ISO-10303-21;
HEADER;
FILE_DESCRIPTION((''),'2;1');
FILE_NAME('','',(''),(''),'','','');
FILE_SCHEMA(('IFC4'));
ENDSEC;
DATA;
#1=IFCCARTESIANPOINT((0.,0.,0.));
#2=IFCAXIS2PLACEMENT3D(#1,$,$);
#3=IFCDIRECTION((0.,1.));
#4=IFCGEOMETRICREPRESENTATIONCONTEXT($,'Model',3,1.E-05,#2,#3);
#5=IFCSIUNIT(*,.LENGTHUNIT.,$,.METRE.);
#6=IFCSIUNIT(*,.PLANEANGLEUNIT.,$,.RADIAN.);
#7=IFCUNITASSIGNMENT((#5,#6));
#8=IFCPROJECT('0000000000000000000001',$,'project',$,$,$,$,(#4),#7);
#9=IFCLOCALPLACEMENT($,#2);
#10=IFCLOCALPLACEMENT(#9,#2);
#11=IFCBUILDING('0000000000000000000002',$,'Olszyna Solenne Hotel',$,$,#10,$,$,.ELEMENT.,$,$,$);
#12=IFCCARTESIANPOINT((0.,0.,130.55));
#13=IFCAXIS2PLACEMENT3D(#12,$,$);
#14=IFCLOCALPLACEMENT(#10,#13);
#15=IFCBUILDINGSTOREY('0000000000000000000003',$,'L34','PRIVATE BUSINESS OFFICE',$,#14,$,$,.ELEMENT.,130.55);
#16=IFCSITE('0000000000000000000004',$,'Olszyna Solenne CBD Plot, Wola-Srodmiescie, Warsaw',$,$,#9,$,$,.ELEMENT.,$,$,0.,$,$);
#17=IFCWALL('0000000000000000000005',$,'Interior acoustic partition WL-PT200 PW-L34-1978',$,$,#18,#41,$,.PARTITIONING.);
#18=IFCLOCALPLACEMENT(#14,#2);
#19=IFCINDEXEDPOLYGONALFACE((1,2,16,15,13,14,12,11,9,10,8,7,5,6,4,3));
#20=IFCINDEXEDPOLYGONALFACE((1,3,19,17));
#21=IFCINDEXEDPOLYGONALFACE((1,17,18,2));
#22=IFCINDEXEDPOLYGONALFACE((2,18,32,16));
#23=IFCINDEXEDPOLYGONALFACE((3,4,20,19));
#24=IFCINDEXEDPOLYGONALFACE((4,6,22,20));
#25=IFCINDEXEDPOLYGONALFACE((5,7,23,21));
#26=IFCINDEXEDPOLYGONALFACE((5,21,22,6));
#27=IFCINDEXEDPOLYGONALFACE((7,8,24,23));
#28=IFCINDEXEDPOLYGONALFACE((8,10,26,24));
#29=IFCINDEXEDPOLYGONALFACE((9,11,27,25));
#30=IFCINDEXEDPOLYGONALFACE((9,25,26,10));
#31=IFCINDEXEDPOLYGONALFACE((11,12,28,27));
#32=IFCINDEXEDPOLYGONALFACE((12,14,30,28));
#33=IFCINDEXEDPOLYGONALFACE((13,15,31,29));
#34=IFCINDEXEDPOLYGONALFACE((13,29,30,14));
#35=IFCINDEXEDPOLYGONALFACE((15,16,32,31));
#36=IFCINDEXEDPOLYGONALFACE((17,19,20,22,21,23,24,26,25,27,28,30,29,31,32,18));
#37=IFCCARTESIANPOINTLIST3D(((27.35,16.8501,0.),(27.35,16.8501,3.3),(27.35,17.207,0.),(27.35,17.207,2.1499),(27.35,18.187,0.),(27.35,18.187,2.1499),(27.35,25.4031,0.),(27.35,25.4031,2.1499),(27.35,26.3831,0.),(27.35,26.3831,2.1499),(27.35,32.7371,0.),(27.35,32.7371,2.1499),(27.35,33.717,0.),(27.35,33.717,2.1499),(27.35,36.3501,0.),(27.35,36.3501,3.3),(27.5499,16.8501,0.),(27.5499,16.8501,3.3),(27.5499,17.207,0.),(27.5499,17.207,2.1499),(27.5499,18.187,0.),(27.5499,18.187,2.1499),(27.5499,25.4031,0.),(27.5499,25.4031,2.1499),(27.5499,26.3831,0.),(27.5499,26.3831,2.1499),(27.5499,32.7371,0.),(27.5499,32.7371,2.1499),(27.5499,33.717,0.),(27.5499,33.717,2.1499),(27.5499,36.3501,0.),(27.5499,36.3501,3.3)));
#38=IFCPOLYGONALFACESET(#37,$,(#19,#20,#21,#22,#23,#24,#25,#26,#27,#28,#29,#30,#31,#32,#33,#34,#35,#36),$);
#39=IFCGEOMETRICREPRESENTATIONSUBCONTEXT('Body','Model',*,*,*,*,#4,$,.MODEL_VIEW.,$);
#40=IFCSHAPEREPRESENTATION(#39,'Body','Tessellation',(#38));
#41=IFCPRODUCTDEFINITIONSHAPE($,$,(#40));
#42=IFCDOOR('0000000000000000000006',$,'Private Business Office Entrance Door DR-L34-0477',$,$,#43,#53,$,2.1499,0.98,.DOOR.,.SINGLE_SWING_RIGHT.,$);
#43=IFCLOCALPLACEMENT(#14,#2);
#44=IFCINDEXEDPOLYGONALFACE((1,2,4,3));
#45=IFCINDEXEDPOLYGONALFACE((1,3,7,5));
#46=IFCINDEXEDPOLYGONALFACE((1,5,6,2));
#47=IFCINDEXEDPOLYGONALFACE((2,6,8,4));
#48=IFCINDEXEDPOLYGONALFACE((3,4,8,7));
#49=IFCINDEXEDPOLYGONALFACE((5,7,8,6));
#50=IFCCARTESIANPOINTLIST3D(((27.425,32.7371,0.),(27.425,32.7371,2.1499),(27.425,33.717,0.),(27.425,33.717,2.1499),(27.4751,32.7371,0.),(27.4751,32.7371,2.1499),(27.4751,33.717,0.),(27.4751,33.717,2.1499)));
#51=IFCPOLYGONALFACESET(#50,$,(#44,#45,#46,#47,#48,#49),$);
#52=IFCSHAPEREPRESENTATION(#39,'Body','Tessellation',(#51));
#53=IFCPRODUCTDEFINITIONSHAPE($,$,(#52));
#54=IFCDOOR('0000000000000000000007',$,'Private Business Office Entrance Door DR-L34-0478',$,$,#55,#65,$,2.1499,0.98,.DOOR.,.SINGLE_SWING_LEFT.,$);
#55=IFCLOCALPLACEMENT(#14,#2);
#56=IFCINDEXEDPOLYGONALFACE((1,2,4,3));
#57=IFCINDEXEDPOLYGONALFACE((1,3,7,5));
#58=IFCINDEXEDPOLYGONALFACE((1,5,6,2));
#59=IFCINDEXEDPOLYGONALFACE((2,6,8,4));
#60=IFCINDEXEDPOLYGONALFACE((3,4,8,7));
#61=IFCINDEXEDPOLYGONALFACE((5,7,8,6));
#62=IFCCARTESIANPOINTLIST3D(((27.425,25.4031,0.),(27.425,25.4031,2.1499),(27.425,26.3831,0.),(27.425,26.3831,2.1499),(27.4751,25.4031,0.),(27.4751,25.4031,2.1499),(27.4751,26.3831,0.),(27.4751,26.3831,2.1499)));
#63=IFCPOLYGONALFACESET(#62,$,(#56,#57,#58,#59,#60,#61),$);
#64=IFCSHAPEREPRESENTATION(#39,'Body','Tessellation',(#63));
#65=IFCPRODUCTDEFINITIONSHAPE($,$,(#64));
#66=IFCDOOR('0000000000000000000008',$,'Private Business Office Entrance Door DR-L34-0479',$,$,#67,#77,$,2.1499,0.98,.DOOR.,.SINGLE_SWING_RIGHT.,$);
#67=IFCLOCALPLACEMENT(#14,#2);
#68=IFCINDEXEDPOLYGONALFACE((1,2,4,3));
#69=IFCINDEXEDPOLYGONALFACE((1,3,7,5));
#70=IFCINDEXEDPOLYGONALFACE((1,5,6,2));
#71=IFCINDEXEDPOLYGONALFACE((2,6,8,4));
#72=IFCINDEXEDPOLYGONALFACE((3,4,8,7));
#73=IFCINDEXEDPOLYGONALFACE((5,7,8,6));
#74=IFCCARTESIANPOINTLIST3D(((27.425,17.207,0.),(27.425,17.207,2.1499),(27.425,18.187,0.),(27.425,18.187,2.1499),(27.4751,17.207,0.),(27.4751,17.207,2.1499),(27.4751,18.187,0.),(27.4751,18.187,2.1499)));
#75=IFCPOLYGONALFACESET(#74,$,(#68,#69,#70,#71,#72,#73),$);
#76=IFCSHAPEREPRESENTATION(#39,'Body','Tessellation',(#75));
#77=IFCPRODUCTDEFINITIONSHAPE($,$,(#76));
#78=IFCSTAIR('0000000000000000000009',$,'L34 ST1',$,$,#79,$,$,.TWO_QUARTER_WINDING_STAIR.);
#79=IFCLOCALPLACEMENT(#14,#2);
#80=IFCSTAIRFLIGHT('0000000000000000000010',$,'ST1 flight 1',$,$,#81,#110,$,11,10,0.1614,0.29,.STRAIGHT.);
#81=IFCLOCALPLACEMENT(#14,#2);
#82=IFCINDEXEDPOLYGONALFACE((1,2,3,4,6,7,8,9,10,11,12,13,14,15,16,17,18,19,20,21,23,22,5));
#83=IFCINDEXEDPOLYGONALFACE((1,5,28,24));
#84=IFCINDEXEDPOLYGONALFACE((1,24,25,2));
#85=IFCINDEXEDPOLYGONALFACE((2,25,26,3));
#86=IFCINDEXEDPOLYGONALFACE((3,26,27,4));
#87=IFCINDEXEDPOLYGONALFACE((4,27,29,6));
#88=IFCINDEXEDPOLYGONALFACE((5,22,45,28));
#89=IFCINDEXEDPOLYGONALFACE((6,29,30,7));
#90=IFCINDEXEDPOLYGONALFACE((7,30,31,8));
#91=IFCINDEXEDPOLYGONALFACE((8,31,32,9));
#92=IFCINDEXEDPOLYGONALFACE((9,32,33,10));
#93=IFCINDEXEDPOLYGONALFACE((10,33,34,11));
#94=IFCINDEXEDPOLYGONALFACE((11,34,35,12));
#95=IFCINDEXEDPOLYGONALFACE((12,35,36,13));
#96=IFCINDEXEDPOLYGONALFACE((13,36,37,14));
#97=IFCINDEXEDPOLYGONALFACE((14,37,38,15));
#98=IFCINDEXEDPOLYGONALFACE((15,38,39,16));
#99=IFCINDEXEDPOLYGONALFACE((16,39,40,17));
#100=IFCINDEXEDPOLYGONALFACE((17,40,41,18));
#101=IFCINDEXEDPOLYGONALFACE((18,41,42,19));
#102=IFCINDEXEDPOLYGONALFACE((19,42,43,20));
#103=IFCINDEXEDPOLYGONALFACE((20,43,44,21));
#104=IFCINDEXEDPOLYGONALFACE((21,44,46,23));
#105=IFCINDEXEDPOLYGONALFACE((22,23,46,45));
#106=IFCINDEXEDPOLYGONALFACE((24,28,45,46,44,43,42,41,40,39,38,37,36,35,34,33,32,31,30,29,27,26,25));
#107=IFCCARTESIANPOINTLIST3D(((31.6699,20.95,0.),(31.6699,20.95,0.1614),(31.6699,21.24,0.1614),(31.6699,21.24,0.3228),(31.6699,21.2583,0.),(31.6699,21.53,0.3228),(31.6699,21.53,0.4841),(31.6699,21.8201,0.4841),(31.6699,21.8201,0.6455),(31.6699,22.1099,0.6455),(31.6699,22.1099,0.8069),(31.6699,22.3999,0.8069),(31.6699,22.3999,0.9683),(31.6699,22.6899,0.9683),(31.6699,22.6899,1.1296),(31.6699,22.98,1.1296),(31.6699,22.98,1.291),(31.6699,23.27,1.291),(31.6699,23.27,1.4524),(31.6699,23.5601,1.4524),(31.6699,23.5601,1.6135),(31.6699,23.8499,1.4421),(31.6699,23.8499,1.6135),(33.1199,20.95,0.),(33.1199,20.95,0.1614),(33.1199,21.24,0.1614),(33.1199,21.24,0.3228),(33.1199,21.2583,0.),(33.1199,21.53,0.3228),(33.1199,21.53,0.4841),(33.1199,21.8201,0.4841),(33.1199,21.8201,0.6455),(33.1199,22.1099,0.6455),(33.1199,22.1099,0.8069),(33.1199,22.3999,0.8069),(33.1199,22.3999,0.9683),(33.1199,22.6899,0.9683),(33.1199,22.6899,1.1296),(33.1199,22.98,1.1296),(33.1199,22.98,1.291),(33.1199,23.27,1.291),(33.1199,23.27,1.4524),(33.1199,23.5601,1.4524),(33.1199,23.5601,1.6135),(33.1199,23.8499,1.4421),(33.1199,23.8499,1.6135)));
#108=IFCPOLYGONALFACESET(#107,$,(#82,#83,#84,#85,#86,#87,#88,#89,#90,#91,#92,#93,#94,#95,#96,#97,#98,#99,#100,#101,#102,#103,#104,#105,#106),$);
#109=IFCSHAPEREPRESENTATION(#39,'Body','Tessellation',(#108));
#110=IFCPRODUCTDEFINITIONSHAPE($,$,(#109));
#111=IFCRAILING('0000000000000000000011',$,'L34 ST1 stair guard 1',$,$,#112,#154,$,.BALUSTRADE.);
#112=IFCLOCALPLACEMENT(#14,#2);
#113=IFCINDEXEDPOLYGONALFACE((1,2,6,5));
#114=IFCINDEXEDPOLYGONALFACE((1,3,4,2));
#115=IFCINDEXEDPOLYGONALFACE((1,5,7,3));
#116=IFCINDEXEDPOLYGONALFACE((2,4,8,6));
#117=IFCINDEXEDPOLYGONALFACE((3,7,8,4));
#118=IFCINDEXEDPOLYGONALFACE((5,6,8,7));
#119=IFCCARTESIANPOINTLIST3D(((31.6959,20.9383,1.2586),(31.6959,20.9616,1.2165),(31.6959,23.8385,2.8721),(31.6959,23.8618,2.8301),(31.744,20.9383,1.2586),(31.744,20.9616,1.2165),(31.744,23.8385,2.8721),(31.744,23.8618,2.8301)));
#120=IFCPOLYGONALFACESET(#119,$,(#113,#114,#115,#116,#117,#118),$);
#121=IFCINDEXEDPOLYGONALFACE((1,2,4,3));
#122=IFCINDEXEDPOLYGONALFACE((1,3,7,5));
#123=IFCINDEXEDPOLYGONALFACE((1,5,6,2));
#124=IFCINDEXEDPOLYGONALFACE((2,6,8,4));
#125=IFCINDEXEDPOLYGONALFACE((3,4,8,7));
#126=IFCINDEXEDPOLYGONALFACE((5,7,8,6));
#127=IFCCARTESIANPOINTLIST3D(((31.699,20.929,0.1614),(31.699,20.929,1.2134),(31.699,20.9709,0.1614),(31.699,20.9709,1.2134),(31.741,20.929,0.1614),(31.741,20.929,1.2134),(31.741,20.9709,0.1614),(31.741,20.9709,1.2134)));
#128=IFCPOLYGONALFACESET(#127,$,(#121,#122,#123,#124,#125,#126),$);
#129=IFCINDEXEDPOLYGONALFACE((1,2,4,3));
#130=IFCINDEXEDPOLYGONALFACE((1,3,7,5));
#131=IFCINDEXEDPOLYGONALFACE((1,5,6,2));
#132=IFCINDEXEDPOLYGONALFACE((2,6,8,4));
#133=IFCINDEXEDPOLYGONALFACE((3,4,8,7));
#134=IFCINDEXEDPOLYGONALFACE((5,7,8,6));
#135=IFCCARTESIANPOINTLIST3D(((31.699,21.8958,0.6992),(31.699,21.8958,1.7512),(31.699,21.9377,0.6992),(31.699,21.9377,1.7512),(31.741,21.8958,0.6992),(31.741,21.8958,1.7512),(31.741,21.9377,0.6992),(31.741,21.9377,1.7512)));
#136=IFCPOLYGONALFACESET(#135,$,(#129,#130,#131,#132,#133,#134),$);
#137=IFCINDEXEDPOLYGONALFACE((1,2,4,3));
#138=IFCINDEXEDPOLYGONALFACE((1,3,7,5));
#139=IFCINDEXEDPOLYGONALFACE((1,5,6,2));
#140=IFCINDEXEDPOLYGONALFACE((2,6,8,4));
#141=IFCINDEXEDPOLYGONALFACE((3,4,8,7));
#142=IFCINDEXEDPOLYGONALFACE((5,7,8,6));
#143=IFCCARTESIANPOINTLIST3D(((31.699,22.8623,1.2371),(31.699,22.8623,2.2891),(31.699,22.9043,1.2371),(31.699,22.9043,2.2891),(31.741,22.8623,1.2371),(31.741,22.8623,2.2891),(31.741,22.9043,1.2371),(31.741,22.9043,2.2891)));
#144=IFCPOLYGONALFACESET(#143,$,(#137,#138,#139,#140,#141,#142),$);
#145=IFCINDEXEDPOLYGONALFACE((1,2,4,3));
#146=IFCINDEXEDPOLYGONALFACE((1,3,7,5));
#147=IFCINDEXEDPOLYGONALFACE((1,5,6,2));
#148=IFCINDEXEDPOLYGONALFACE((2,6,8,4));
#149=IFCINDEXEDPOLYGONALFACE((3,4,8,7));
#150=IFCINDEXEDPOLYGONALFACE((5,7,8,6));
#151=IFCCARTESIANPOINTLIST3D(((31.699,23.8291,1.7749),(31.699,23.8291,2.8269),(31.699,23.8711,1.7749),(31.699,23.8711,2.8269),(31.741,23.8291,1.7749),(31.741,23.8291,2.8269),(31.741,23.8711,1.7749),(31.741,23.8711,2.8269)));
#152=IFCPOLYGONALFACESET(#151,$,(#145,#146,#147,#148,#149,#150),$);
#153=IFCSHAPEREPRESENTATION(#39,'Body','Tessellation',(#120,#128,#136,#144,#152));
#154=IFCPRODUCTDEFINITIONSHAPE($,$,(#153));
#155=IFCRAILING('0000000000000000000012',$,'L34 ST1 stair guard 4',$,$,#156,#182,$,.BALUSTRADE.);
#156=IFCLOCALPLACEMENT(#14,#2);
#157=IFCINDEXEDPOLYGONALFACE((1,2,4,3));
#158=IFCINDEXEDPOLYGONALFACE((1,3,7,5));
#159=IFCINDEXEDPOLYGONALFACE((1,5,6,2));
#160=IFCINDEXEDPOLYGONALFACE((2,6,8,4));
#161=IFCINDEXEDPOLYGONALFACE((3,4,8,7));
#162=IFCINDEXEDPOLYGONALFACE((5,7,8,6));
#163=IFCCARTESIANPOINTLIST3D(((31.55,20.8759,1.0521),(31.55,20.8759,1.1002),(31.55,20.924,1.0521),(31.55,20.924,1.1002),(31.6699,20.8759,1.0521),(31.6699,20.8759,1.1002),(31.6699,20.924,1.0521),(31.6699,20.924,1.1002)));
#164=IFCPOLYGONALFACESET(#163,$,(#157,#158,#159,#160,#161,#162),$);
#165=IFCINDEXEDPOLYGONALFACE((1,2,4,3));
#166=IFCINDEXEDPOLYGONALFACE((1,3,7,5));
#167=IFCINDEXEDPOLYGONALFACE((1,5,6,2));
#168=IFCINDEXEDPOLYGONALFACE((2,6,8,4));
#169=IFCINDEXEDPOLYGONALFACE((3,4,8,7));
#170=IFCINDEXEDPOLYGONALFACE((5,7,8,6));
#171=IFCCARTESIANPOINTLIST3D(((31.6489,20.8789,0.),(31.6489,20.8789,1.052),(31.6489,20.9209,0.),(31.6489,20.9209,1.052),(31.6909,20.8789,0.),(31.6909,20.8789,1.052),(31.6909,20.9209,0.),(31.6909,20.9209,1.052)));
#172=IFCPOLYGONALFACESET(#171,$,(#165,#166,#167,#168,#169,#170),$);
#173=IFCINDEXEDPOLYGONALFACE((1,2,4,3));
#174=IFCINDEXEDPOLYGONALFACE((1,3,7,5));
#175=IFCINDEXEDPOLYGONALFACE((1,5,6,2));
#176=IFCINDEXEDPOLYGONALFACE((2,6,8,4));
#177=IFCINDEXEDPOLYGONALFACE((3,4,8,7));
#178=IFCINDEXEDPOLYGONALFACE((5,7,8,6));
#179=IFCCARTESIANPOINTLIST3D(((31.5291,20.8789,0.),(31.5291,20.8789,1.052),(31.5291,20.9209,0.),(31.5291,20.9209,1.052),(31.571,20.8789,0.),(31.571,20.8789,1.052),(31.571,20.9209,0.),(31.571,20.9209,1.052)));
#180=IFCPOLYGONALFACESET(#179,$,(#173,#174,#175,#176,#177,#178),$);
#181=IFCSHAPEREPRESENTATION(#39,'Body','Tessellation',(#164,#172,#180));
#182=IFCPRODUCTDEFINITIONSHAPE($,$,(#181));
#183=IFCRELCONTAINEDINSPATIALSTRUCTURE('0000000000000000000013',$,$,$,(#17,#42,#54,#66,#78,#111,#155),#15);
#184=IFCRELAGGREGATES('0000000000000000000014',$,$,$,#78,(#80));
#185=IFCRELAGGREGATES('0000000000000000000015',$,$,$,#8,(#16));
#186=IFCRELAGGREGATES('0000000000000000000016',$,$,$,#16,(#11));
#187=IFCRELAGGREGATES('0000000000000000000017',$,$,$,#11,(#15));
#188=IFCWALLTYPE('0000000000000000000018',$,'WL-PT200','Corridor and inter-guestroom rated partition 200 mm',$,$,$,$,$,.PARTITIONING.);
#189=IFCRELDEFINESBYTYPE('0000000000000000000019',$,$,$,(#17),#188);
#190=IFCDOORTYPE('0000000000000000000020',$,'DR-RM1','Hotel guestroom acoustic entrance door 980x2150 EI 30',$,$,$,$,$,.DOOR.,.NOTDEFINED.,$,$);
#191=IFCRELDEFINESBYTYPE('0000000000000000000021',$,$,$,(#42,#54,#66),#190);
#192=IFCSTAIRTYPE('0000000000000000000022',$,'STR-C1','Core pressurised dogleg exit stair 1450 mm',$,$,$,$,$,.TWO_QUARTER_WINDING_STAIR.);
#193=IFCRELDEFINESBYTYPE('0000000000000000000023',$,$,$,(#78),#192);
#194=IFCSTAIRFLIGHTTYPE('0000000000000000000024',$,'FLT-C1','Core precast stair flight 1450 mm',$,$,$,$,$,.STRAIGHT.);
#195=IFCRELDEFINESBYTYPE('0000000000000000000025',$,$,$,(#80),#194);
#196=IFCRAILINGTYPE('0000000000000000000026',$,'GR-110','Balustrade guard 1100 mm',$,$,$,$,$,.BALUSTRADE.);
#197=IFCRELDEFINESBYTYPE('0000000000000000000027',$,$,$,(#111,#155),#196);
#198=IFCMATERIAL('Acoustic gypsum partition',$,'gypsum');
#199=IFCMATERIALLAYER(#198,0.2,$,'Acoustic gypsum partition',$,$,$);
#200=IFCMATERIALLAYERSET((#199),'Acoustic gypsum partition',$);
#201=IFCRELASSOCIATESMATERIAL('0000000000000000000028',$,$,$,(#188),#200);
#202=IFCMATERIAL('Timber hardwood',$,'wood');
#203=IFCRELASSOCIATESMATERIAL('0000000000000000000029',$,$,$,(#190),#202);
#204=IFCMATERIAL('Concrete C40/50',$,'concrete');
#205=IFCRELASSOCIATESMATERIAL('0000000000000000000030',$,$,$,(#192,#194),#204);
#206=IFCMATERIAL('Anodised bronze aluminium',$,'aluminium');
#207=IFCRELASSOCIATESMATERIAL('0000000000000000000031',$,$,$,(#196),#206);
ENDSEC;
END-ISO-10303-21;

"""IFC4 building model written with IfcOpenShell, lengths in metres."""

from ifc_helpers import new_model, si_unit, direction, frame, frame_2d, origin, origin_2d, place, context, subcontext, project, spatial, polyline, rectangle, outline, extrude, source, transform, mapped, material, layer, layer_set, type_object, type_shapes, element, fill, aggregate, save


model = new_model("IFC4")

# Units and contexts
model_context = context("Model", 3, precision=1e-05, world=origin(), true_north=direction((0.0, 1.0)))
body_context = subcontext(model_context, "Body", "Model", "MODEL_VIEW")
ifc_project = project(units=[si_unit("LENGTHUNIT", "METRE"), si_unit("PLANEANGLEUNIT", "RADIAN")], contexts=[model_context])

# Site, building, storey
site_placement = place(None, origin())
site = spatial("IfcSite", under=ifc_project, at=site_placement, Name="Olszyna Solenne CBD Plot, Wola-Srodmiescie, Warsaw", CompositionType="ELEMENT", RefElevation=0.0)
building_placement = place(site_placement, origin())
building = spatial("IfcBuilding", under=site, at=building_placement, Name="Olszyna Solenne Hotel", CompositionType="ELEMENT")
storey_placement = place(building_placement, frame((0.0, 0.0, 130.55)))
storey = spatial("IfcBuildingStorey", under=building, at=storey_placement, Name="L34", Description="PRIVATE BUSINESS OFFICE", CompositionType="ELEMENT", Elevation=130.55)

# Shared definitions
ifc_material_1 = material(Name="Anodised bronze aluminium", Category="aluminium")

# Shared definitions
ifc_material_2 = material(Name="Timber hardwood", Category="wood")
ifc_material_3 = material(Name="Acoustic gypsum partition", Category="gypsum")

# Shared definitions
ifc_layer_1 = layer(ifc_material_3, 0.2, Name="Acoustic gypsum partition")
ifc_layer_set_1 = layer_set([ifc_layer_1], Name="Acoustic gypsum partition")
wall_type_1 = type_object("IfcWallType", Name="WL-PT200", Description="Corridor and inter-guestroom rated partition 200 mm", PredefinedType="PARTITIONING", material=ifc_layer_set_1)

# Wall, openings, doors
door_type_1 = type_object("IfcDoorType", Name="DR-RM1", Description="Hotel guestroom acoustic entrance door 980x2150 EI 30", OperationType="NOTDEFINED", PredefinedType="DOOR", material=ifc_material_2)
shared_shape_1 = source(origin(), body_context, "Body", "SweptSolid", [
    extrude(rectangle(XDim=0.98, YDim=2.1499, at=frame_2d((0.49, 1.075))), frame((0.0, 0.0249, 0.0), z_axis=(0.0, -1.0, 0.0), x_axis=(1.0, 0.0, 0.0)), (0.0, 0.0, 1.0), 0.05),
])
type_shapes(door_type_1, [shared_shape_1])
wall_1_placement = place(storey_placement, frame((27.45, 16.8501, 0.0), z_axis=(0.0, 0.0, 1.0), x_axis=(0.0, 1.0, 0.0)))
wall_1 = element("IfcWall", 1, at=wall_1_placement, inside=storey, type_object=wall_type_1, Name="Interior acoustic partition WL-PT200 PW-L34-1978", PredefinedType="PARTITIONING", context=body_context, shape_type="SweptSolid", body=[
    extrude(rectangle(XDim=19.5, YDim=0.2, at=frame_2d((9.75, 0.0))), origin(), (0.0, 0.0, 1.0), 3.3),
])
opening_1_placement = place(wall_1_placement, frame((15.887, 0.0, 0.0)))
opening_1 = element("IfcOpeningElement", 2, at=opening_1_placement, cuts=wall_1, PredefinedType="OPENING", context=body_context, shape_type="SweptSolid", body=[
    extrude(rectangle(XDim=0.98, YDim=2.1499, at=frame_2d((0.49, 1.075))), frame((0.0, 0.1099, 0.0), z_axis=(0.0, -1.0, 0.0), x_axis=(1.0, 0.0, 0.0)), (0.0, 0.0, 1.0), 0.22),
])
opening_2_placement = place(wall_1_placement, frame((8.553, 0.0, 0.0)))
opening_2 = element("IfcOpeningElement", 3, at=opening_2_placement, cuts=wall_1, PredefinedType="OPENING", context=body_context, shape_type="SweptSolid", body=[
    extrude(rectangle(XDim=0.98, YDim=2.1499, at=frame_2d((0.49, 1.075))), frame((0.0, 0.1099, 0.0), z_axis=(0.0, -1.0, 0.0), x_axis=(1.0, 0.0, 0.0)), (0.0, 0.0, 1.0), 0.22),
])
opening_3_placement = place(wall_1_placement, frame((0.3569, 0.0, 0.0)))
opening_3 = element("IfcOpeningElement", 4, at=opening_3_placement, cuts=wall_1, PredefinedType="OPENING", context=body_context, shape_type="SweptSolid", body=[
    extrude(rectangle(XDim=0.98, YDim=2.1499, at=frame_2d((0.49, 1.075))), frame((0.0, 0.1099, 0.0), z_axis=(0.0, -1.0, 0.0), x_axis=(1.0, 0.0, 0.0)), (0.0, 0.0, 1.0), 0.22),
])
door_1_placement = place(opening_1_placement, origin())
door_1 = element("IfcDoor", 5, at=door_1_placement, inside=storey, type_object=door_type_1, Name="Private Business Office Entrance Door DR-L34-0477", OperationType="SINGLE_SWING_RIGHT", OverallHeight=2.1499, OverallWidth=0.98, PredefinedType="DOOR", context=body_context, shape_type="MappedRepresentation", body=[
    mapped(shared_shape_1, transform((0.0, 0.0, 0.0), x_axis=(1.0, 0.0, 0.0), y_axis=(0.0, 1.0, 0.0), z_axis=(0.0, 0.0, 1.0), scale=1.0)),
])
fill(opening_1, door_1)
door_2_placement = place(opening_2_placement, origin())
door_2 = element("IfcDoor", 6, at=door_2_placement, inside=storey, type_object=door_type_1, Name="Private Business Office Entrance Door DR-L34-0478", OperationType="SINGLE_SWING_LEFT", OverallHeight=2.1499, OverallWidth=0.98, PredefinedType="DOOR", context=body_context, shape_type="MappedRepresentation", body=[
    mapped(shared_shape_1, transform((0.0, 0.0, 0.0), x_axis=(1.0, 0.0, 0.0), y_axis=(0.0, 1.0, 0.0), z_axis=(0.0, 0.0, 1.0), scale=1.0)),
])
fill(opening_2, door_2)
door_3_placement = place(opening_3_placement, origin())
door_3 = element("IfcDoor", 7, at=door_3_placement, inside=storey, type_object=door_type_1, Name="Private Business Office Entrance Door DR-L34-0479", OperationType="SINGLE_SWING_RIGHT", OverallHeight=2.1499, OverallWidth=0.98, PredefinedType="DOOR", context=body_context, shape_type="MappedRepresentation", body=[
    mapped(shared_shape_1, transform((0.0, 0.0, 0.0), x_axis=(1.0, 0.0, 0.0), y_axis=(0.0, 1.0, 0.0), z_axis=(0.0, 0.0, 1.0), scale=1.0)),
])
fill(opening_3, door_3)

# Stair, stair flight
ifc_material_4 = material(Name="Concrete C40/50", Category="concrete")
stair_type = type_object("IfcStairType", Name="STR-C1", Description="Core pressurised dogleg exit stair 1450 mm", PredefinedType="TWO_QUARTER_WINDING_STAIR", material=ifc_material_4)
stair_placement = place(storey_placement, origin())
stair = element("IfcStair", 8, at=stair_placement, inside=storey, type_object=stair_type, Name="L34 ST1", PredefinedType="TWO_QUARTER_WINDING_STAIR")
stair_flight_type = type_object("IfcStairFlightType", Name="FLT-C1", Description="Core precast stair flight 1450 mm", PredefinedType="STRAIGHT", material=ifc_material_4)
stair_flight_placement = place(storey_placement, frame((32.395, 20.95, 0.0), z_axis=(0.0, 0.0, 1.0), x_axis=(0.0, 1.0, 0.0)))
stair_flight = element("IfcStairFlight", 9, at=stair_flight_placement, type_object=stair_flight_type, Name="ST1 flight 1", NumberOfRisers=11, NumberOfTreads=10, PredefinedType="STRAIGHT", RiserHeight=0.1614, TreadLength=0.29, context=body_context, shape_type="SweptSolid", body=[
    extrude(outline(polyline([(0.0, 0.0), (0.0, 0.1614), (0.29, 0.1614), (0.29, 0.3228), (0.5801, 0.3228), (0.5801, 0.4841), (0.8701, 0.4841), (0.8701, 0.6455), (1.1599, 0.6455), (1.1599, 0.8069), (1.45, 0.8069), (1.45, 0.9683), (1.74, 0.9683), (1.74, 1.1296), (2.03, 1.1296), (2.03, 1.291), (2.3201, 1.291), (2.3201, 1.4524), (2.6101, 1.4524), (2.6101, 1.6135), (2.8999, 1.6135), (2.8999, 1.7749), (2.8999, 1.4421), (0.3083, 0.0), (0.0, 0.0)])), frame((0.0, 0.7251, 0.0), z_axis=(0.0, -1.0, 0.0), x_axis=(1.0, 0.0, 0.0)), (0.0, 0.0, 1.0), 1.45),
])
aggregate(stair, [stair_flight])

# Railings
railing_type = type_object("IfcRailingType", Name="GR-110", Description="Balustrade guard 1100 mm", PredefinedType="BALUSTRADE", material=ifc_material_1)
railing_1_placement = place(storey_placement, frame((31.72, 20.95, 0.1614)))
element("IfcRailing", 10, at=railing_1_placement, inside=storey, type_object=railing_type, Name="L34 ST1 stair guard 1", PredefinedType="BALUSTRADE", context=body_context, shape_type="SweptSolid", body=[
    extrude(rectangle(XDim=0.0481, YDim=0.0481, at=origin_2d()), frame((0.0, 0.0, 1.0762), z_axis=(0.0, 0.873859, 0.48618), x_axis=(-1.0, 0.0, 0.0)), (0.0, 0.0, 1.0), 3.3188),
    extrude(rectangle(XDim=0.042, YDim=0.042, at=origin_2d()), origin(), (0.0, 0.0, 1.0), 1.052),
    extrude(rectangle(XDim=0.042, YDim=0.042, at=origin_2d()), frame((0.0, 0.9668, 0.5378)), (0.0, 0.0, 1.0), 1.052),
    extrude(rectangle(XDim=0.042, YDim=0.042, at=origin_2d()), frame((0.0, 1.9333, 1.0757)), (0.0, 0.0, 1.0), 1.052),
    extrude(rectangle(XDim=0.042, YDim=0.042, at=origin_2d()), frame((0.0, 2.9001, 1.6135)), (0.0, 0.0, 1.0), 1.052),
])
railing_2_placement = place(storey_placement, frame((31.6699, 20.8999, 0.0)))
element("IfcRailing", 11, at=railing_2_placement, inside=storey, type_object=railing_type, Name="L34 ST1 stair guard 4", PredefinedType="BALUSTRADE", context=body_context, shape_type="SweptSolid", body=[
    extrude(rectangle(XDim=0.0481, YDim=0.0481, at=origin_2d()), frame((0.0, 0.0, 1.0762), z_axis=(-1.0, 0.0, 0.0), x_axis=(0.0, -1.0, 0.0)), (0.0, 0.0, 1.0), 0.1199),
    extrude(rectangle(XDim=0.042, YDim=0.042, at=origin_2d()), origin(), (0.0, 0.0, 1.0), 1.052),
    extrude(rectangle(XDim=0.042, YDim=0.042, at=origin_2d()), frame((-0.1199, 0.0, 0.0)), (0.0, 0.0, 1.0), 1.052),
])

save(model, "model.ifc")
